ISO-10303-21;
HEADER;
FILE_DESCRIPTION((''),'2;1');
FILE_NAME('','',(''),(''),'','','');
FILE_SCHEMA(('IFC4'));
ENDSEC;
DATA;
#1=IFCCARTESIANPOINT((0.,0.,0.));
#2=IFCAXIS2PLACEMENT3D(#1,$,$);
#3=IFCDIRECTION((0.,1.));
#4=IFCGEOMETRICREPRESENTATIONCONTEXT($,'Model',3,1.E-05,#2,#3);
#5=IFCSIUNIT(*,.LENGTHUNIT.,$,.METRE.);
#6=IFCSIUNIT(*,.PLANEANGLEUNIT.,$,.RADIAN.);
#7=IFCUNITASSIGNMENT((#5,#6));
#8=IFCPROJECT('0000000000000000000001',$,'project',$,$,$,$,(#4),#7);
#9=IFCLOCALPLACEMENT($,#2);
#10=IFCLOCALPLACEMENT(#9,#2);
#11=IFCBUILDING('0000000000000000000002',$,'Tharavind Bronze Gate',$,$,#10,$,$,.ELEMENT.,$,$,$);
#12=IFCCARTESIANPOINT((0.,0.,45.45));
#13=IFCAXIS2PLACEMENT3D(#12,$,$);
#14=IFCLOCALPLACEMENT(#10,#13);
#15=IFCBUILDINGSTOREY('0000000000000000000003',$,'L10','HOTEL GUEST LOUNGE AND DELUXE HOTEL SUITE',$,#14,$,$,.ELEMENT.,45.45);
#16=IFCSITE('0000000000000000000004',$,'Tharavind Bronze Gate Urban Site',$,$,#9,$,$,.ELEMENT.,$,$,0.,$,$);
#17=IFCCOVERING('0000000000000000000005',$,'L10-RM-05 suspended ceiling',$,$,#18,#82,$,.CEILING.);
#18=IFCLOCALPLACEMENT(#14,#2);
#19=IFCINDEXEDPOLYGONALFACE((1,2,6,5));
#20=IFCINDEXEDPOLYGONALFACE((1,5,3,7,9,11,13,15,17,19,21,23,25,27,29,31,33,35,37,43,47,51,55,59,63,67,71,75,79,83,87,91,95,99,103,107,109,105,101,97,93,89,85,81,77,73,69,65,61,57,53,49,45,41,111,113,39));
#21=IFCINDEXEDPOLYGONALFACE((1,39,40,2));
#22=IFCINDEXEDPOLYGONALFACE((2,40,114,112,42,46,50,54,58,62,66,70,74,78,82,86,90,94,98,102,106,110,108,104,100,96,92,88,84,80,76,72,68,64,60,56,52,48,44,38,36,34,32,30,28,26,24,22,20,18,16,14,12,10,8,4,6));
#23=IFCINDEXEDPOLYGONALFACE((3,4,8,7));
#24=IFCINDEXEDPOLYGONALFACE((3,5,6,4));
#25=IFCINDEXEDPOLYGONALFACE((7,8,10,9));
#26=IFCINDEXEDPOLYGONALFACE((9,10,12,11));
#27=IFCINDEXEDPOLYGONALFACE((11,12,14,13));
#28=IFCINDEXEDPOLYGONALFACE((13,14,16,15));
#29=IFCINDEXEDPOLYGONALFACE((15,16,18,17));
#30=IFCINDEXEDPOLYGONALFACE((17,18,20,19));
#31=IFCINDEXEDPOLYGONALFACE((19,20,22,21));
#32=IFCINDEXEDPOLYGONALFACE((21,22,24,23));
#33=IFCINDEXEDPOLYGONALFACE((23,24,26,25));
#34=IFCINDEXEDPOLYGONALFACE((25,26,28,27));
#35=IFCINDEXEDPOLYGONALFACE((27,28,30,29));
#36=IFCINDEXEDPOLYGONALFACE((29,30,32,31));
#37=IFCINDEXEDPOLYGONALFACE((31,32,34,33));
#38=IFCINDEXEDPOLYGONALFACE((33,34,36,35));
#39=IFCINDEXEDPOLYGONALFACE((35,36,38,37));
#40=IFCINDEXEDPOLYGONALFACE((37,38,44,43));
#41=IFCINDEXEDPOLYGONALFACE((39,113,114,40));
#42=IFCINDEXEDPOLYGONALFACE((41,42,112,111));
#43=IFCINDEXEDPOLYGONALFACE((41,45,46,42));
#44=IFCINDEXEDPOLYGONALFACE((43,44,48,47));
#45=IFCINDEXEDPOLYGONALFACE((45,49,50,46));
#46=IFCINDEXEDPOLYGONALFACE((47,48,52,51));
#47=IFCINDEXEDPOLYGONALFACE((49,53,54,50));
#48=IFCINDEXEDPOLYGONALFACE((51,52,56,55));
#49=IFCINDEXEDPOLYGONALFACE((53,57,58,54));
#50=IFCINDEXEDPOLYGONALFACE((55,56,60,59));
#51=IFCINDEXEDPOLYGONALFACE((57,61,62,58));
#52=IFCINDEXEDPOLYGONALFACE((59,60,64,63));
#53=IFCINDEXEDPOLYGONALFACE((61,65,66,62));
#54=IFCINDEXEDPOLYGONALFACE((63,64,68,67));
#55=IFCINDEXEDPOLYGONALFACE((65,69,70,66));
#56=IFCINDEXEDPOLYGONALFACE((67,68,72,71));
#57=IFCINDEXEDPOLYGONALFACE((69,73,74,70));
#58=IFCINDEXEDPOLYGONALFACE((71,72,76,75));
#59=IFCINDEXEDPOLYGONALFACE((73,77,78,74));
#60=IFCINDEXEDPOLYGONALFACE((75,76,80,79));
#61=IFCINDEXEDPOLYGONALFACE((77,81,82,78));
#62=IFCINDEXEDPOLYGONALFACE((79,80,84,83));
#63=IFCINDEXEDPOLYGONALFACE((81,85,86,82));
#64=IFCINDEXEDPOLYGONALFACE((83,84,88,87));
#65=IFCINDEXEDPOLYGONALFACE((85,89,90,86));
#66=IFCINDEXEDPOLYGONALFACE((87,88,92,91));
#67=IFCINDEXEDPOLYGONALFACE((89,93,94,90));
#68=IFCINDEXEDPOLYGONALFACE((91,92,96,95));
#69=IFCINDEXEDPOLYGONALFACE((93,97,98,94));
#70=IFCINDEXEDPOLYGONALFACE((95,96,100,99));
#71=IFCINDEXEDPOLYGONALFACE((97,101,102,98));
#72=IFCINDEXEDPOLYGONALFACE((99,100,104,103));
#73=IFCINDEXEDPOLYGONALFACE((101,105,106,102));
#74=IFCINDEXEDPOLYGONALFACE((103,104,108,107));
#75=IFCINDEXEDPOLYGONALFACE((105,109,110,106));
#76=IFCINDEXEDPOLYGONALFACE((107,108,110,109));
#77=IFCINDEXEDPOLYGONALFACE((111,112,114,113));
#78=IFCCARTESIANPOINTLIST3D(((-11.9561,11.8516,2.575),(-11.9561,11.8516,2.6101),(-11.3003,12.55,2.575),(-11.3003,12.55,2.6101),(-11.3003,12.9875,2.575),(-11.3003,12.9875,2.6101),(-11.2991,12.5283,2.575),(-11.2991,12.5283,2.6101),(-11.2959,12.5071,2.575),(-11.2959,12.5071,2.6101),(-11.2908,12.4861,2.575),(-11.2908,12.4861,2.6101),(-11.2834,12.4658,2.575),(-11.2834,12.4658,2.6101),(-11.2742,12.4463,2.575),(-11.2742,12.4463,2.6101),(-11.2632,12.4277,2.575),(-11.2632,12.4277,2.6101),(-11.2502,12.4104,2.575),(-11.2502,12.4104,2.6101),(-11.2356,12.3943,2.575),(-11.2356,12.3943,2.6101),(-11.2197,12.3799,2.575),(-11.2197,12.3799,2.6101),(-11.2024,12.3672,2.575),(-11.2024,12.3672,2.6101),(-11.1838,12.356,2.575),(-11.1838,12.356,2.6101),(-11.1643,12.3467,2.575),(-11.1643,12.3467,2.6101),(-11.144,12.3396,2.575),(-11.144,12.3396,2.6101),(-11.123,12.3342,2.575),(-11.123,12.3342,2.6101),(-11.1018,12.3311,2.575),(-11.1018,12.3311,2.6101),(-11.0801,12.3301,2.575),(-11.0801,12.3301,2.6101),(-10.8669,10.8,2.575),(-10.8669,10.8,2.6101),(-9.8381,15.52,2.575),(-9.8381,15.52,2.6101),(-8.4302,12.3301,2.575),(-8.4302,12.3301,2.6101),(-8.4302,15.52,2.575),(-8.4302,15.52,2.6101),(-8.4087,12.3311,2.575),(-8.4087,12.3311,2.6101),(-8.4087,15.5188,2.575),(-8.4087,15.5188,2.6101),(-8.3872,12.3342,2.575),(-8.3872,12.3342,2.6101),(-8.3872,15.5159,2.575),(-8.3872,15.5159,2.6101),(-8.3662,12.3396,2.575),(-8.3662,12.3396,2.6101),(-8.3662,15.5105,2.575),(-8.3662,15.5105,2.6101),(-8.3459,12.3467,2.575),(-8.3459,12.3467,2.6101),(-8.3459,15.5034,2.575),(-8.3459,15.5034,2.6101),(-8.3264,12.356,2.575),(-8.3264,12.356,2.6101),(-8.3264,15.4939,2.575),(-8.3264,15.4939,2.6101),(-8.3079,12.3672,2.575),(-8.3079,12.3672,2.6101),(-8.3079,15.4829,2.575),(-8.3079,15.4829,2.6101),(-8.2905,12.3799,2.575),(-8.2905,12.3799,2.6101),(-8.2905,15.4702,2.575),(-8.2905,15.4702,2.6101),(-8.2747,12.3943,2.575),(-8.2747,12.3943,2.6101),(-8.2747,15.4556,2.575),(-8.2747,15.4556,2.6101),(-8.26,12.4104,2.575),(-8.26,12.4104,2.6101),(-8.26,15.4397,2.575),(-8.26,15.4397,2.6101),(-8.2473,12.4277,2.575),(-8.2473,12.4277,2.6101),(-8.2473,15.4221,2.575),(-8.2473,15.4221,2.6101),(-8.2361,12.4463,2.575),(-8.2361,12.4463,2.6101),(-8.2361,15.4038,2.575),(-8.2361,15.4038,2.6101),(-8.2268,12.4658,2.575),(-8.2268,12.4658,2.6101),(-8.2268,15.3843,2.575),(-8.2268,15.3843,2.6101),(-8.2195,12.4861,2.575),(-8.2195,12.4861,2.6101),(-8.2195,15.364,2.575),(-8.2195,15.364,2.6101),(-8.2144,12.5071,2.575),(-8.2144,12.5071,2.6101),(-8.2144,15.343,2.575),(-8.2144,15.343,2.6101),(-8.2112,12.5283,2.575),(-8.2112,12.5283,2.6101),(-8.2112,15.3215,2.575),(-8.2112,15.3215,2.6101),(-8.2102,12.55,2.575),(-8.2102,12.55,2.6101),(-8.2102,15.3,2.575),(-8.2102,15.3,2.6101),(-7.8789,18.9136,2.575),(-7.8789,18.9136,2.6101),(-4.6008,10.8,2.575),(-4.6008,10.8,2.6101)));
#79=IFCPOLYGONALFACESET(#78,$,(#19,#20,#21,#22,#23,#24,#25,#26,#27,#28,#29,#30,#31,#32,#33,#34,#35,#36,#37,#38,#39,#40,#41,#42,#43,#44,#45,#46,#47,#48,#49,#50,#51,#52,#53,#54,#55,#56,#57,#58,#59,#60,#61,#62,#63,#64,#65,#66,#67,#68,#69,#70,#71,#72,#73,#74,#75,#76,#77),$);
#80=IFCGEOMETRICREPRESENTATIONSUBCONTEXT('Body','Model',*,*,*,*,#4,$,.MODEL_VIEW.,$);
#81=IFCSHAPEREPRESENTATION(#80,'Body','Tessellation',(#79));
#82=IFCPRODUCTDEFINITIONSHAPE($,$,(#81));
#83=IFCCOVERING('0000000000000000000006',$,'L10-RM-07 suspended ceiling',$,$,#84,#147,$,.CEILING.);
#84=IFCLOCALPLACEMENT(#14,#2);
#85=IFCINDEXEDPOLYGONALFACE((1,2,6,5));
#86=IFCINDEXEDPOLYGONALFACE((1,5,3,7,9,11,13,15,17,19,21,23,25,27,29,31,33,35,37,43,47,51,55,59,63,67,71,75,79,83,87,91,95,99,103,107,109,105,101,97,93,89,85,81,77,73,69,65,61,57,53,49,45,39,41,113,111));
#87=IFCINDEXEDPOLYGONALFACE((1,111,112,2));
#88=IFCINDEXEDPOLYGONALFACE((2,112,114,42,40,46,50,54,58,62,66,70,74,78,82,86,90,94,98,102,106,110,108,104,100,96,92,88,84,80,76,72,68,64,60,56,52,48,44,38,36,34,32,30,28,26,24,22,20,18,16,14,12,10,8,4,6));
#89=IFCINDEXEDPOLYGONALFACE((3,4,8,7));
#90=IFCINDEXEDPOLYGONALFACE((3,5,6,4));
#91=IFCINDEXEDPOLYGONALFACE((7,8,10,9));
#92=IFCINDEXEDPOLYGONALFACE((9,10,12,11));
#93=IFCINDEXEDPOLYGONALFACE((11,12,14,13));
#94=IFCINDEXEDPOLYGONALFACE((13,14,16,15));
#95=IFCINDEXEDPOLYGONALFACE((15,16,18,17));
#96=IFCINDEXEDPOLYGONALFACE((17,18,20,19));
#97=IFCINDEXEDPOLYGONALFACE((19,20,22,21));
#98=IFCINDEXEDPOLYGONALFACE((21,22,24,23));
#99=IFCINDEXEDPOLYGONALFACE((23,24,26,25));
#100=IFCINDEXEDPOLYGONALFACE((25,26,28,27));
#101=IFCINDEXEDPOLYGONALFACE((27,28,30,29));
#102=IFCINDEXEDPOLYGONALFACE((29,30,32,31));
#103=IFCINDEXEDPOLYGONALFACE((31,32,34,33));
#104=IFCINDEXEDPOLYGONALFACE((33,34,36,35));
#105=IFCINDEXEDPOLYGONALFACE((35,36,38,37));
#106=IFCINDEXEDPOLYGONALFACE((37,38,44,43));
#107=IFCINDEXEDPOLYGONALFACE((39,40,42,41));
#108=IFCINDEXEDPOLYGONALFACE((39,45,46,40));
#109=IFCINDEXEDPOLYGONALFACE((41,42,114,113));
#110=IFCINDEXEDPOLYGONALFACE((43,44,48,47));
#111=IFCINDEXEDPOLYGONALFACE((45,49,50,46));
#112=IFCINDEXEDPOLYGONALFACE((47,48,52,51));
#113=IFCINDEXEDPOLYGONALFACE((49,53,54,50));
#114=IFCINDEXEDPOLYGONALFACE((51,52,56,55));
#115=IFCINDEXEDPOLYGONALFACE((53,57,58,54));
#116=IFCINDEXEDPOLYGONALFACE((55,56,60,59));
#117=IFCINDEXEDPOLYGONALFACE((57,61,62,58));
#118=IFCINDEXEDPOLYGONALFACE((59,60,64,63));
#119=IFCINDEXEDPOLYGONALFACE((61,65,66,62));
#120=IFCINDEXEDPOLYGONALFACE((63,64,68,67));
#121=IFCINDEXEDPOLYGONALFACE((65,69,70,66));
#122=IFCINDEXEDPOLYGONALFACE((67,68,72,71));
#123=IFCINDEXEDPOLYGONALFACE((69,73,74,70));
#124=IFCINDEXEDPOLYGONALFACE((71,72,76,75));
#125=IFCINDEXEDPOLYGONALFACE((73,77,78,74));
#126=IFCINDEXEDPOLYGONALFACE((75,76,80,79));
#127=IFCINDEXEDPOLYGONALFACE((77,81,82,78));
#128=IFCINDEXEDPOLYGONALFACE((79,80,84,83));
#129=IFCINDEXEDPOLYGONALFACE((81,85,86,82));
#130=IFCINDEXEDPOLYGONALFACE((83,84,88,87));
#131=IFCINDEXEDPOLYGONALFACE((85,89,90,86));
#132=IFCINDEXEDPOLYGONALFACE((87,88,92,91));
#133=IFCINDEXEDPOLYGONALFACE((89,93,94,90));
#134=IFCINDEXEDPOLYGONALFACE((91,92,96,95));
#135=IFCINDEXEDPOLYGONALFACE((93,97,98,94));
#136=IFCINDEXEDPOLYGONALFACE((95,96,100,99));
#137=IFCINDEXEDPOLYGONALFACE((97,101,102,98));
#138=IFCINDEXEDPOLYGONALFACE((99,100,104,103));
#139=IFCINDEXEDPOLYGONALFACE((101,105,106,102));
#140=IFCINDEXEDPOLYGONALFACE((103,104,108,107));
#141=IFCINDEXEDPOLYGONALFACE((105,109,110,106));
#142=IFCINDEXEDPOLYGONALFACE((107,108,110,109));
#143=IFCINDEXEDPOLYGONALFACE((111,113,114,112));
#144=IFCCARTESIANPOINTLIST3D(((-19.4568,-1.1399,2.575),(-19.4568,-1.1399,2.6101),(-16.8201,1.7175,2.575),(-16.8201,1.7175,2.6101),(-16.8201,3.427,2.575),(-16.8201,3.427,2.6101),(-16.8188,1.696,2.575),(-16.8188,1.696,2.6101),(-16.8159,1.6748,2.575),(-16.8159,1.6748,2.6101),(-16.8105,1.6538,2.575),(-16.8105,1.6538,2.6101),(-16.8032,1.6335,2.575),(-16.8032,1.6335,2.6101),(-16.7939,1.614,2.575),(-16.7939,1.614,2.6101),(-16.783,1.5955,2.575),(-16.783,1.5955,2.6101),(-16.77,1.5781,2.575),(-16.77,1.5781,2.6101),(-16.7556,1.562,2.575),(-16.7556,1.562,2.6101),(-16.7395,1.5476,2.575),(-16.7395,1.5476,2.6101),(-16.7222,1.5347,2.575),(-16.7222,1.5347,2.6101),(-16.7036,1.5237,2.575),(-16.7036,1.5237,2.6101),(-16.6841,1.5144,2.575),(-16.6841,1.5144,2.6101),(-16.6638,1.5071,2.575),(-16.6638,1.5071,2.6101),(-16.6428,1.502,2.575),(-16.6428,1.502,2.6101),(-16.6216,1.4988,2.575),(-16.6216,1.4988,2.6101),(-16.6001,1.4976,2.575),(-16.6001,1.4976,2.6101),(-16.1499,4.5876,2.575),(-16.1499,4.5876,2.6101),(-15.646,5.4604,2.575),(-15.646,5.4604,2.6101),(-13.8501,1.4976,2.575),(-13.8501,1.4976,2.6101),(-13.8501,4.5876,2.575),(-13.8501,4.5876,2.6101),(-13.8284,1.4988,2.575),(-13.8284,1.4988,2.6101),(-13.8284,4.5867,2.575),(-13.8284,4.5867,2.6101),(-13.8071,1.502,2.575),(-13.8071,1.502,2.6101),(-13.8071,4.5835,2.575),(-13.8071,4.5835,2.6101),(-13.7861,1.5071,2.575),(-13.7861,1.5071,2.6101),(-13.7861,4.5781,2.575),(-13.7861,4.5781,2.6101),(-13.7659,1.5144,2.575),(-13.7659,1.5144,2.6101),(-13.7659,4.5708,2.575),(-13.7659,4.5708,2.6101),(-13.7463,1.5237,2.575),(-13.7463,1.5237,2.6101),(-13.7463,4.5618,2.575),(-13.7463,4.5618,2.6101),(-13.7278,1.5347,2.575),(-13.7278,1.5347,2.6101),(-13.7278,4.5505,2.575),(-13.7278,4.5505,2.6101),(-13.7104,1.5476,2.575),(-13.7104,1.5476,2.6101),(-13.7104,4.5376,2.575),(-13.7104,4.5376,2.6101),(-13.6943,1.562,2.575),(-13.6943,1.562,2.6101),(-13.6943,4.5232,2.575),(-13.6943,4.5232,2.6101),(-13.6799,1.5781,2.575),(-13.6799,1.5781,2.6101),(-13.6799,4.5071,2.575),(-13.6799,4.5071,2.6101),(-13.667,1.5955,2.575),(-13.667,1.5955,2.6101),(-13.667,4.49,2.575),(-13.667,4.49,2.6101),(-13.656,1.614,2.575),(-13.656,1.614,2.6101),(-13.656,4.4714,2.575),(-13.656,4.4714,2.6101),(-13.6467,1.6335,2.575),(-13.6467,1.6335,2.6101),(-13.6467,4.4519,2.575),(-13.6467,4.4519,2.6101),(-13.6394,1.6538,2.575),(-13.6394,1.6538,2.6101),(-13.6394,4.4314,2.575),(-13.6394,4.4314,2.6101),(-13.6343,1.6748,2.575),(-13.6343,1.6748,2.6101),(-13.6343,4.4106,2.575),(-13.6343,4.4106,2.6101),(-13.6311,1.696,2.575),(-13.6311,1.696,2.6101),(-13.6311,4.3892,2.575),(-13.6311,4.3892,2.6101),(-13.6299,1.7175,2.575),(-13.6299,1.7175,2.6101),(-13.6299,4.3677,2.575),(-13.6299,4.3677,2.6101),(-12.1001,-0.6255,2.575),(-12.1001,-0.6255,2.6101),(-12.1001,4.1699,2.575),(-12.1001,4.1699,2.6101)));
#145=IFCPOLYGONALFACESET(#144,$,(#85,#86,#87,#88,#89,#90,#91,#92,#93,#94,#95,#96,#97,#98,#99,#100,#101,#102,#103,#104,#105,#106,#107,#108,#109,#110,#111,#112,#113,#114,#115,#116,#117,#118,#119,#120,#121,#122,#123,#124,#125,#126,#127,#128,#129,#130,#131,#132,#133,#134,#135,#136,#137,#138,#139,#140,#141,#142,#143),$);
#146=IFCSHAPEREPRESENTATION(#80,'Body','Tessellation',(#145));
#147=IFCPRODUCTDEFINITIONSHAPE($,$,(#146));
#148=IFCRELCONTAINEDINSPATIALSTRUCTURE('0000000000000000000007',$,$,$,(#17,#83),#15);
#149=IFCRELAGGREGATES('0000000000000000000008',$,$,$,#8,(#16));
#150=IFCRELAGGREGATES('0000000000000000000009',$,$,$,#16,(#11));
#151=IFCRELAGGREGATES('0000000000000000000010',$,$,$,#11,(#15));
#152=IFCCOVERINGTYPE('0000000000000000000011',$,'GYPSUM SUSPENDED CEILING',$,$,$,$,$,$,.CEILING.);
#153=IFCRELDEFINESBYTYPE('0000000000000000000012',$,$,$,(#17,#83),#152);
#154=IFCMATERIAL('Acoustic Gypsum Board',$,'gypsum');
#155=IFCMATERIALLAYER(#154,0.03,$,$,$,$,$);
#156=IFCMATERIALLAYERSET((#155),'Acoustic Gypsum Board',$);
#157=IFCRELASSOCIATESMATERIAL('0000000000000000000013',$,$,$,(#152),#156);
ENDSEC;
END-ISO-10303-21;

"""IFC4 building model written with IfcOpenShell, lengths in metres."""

from ifc_helpers import new_model, si_unit, direction, frame, origin, place, context, subcontext, project, spatial, polyline, outline, extrude, material, layer, layer_set, type_object, element, save


model = new_model("IFC4")

# Units and contexts
model_context = context("Model", 3, precision=1e-05, world=origin(), true_north=direction((0.0, 1.0)))
body_context = subcontext(model_context, "Body", "Model", "MODEL_VIEW")
ifc_project = project(units=[si_unit("LENGTHUNIT", "METRE"), si_unit("PLANEANGLEUNIT", "RADIAN")], contexts=[model_context])

# Site, building, storey
site_placement = place(None, origin())
site = spatial("IfcSite", under=ifc_project, at=site_placement, Name="Tharavind Bronze Gate Urban Site", CompositionType="ELEMENT", RefElevation=0.0)
building_placement = place(site_placement, origin())
building = spatial("IfcBuilding", under=site, at=building_placement, Name="Tharavind Bronze Gate", CompositionType="ELEMENT")
storey_placement = place(building_placement, frame((0.0, 0.0, 45.45)))
storey = spatial("IfcBuildingStorey", under=building, at=storey_placement, Name="L10", Description="HOTEL GUEST LOUNGE AND DELUXE HOTEL SUITE", CompositionType="ELEMENT", Elevation=45.45)

# Coverings
ifc_material_1 = material(Name="Acoustic Gypsum Board", Category="gypsum")
ifc_layer_1 = layer(ifc_material_1, 0.03)
ifc_layer_set_1 = layer_set([ifc_layer_1], Name="Acoustic Gypsum Board")
covering_type_1 = type_object("IfcCoveringType", Name="GYPSUM SUSPENDED CEILING", PredefinedType="CEILING", material=ifc_layer_set_1)
covering_1_placement = place(storey_placement, frame((0.0, 0.0, 2.575)))
element("IfcCovering", 1, at=covering_1_placement, inside=storey, type_object=covering_type_1, Name="L10-RM-05 suspended ceiling", PredefinedType="CEILING", context=body_context, shape_type="SweptSolid", body=[
    extrude(outline(polyline([(-10.8669, 10.8), (-4.6008, 10.8), (-7.8789, 18.9136), (-9.8381, 15.52), (-8.4302, 15.52), (-8.4087, 15.5188), (-8.3872, 15.5159), (-8.3662, 15.5105), (-8.3459, 15.5034), (-8.3264, 15.4939), (-8.3079, 15.4829), (-8.2905, 15.4702), (-8.2747, 15.4556), (-8.26, 15.4397), (-8.2473, 15.4221), (-8.2361, 15.4038), (-8.2268, 15.3843), (-8.2195, 15.364), (-8.2144, 15.343), (-8.2112, 15.3215), (-8.2102, 15.3), (-8.2102, 12.55), (-8.2112, 12.5283), (-8.2144, 12.5071), (-8.2195, 12.4861), (-8.2268, 12.4658), (-8.2361, 12.4463), (-8.2473, 12.4277), (-8.26, 12.4104), (-8.2747, 12.3943), (-8.2905, 12.3799), (-8.3079, 12.3672), (-8.3264, 12.356), (-8.3459, 12.3467), (-8.3662, 12.3396), (-8.3872, 12.3342), (-8.4087, 12.3311), (-8.4302, 12.3301), (-11.0801, 12.3301), (-11.1018, 12.3311), (-11.123, 12.3342), (-11.144, 12.3396), (-11.1643, 12.3467), (-11.1838, 12.356), (-11.2024, 12.3672), (-11.2197, 12.3799), (-11.2356, 12.3943), (-11.2502, 12.4104), (-11.2632, 12.4277), (-11.2742, 12.4463), (-11.2834, 12.4658), (-11.2908, 12.4861), (-11.2959, 12.5071), (-11.2991, 12.5283), (-11.3003, 12.55), (-11.3003, 12.9875), (-11.9561, 11.8516), (-10.8669, 10.8)])), origin(), (0.0, 0.0, 1.0), 0.0352),
])
covering_2_placement = place(storey_placement, frame((0.0, 0.0, 2.575)))
element("IfcCovering", 2, at=covering_2_placement, inside=storey, type_object=covering_type_1, Name="L10-RM-07 suspended ceiling", PredefinedType="CEILING", context=body_context, shape_type="SweptSolid", body=[
    extrude(outline(polyline([(-12.1001, -0.6255), (-12.1001, 4.1699), (-15.646, 5.4604), (-16.1499, 4.5876), (-13.8501, 4.5876), (-13.8284, 4.5867), (-13.8071, 4.5835), (-13.7861, 4.5781), (-13.7659, 4.5708), (-13.7463, 4.5618), (-13.7278, 4.5505), (-13.7104, 4.5376), (-13.6943, 4.5232), (-13.6799, 4.5071), (-13.667, 4.49), (-13.656, 4.4714), (-13.6467, 4.4519), (-13.6394, 4.4314), (-13.6343, 4.4106), (-13.6311, 4.3892), (-13.6299, 4.3677), (-13.6299, 1.7175), (-13.6311, 1.696), (-13.6343, 1.6748), (-13.6394, 1.6538), (-13.6467, 1.6335), (-13.656, 1.614), (-13.667, 1.5955), (-13.6799, 1.5781), (-13.6943, 1.562), (-13.7104, 1.5476), (-13.7278, 1.5347), (-13.7463, 1.5237), (-13.7659, 1.5144), (-13.7861, 1.5071), (-13.8071, 1.502), (-13.8284, 1.4988), (-13.8501, 1.4976), (-16.6001, 1.4976), (-16.6216, 1.4988), (-16.6428, 1.502), (-16.6638, 1.5071), (-16.6841, 1.5144), (-16.7036, 1.5237), (-16.7222, 1.5347), (-16.7395, 1.5476), (-16.7556, 1.562), (-16.77, 1.5781), (-16.783, 1.5955), (-16.7939, 1.614), (-16.8032, 1.6335), (-16.8105, 1.6538), (-16.8159, 1.6748), (-16.8188, 1.696), (-16.8201, 1.7175), (-16.8201, 3.427), (-19.4568, -1.1399), (-12.1001, -0.6255)])), origin(), (0.0, 0.0, 1.0), 0.0352),
])

save(model, "model.ifc")
